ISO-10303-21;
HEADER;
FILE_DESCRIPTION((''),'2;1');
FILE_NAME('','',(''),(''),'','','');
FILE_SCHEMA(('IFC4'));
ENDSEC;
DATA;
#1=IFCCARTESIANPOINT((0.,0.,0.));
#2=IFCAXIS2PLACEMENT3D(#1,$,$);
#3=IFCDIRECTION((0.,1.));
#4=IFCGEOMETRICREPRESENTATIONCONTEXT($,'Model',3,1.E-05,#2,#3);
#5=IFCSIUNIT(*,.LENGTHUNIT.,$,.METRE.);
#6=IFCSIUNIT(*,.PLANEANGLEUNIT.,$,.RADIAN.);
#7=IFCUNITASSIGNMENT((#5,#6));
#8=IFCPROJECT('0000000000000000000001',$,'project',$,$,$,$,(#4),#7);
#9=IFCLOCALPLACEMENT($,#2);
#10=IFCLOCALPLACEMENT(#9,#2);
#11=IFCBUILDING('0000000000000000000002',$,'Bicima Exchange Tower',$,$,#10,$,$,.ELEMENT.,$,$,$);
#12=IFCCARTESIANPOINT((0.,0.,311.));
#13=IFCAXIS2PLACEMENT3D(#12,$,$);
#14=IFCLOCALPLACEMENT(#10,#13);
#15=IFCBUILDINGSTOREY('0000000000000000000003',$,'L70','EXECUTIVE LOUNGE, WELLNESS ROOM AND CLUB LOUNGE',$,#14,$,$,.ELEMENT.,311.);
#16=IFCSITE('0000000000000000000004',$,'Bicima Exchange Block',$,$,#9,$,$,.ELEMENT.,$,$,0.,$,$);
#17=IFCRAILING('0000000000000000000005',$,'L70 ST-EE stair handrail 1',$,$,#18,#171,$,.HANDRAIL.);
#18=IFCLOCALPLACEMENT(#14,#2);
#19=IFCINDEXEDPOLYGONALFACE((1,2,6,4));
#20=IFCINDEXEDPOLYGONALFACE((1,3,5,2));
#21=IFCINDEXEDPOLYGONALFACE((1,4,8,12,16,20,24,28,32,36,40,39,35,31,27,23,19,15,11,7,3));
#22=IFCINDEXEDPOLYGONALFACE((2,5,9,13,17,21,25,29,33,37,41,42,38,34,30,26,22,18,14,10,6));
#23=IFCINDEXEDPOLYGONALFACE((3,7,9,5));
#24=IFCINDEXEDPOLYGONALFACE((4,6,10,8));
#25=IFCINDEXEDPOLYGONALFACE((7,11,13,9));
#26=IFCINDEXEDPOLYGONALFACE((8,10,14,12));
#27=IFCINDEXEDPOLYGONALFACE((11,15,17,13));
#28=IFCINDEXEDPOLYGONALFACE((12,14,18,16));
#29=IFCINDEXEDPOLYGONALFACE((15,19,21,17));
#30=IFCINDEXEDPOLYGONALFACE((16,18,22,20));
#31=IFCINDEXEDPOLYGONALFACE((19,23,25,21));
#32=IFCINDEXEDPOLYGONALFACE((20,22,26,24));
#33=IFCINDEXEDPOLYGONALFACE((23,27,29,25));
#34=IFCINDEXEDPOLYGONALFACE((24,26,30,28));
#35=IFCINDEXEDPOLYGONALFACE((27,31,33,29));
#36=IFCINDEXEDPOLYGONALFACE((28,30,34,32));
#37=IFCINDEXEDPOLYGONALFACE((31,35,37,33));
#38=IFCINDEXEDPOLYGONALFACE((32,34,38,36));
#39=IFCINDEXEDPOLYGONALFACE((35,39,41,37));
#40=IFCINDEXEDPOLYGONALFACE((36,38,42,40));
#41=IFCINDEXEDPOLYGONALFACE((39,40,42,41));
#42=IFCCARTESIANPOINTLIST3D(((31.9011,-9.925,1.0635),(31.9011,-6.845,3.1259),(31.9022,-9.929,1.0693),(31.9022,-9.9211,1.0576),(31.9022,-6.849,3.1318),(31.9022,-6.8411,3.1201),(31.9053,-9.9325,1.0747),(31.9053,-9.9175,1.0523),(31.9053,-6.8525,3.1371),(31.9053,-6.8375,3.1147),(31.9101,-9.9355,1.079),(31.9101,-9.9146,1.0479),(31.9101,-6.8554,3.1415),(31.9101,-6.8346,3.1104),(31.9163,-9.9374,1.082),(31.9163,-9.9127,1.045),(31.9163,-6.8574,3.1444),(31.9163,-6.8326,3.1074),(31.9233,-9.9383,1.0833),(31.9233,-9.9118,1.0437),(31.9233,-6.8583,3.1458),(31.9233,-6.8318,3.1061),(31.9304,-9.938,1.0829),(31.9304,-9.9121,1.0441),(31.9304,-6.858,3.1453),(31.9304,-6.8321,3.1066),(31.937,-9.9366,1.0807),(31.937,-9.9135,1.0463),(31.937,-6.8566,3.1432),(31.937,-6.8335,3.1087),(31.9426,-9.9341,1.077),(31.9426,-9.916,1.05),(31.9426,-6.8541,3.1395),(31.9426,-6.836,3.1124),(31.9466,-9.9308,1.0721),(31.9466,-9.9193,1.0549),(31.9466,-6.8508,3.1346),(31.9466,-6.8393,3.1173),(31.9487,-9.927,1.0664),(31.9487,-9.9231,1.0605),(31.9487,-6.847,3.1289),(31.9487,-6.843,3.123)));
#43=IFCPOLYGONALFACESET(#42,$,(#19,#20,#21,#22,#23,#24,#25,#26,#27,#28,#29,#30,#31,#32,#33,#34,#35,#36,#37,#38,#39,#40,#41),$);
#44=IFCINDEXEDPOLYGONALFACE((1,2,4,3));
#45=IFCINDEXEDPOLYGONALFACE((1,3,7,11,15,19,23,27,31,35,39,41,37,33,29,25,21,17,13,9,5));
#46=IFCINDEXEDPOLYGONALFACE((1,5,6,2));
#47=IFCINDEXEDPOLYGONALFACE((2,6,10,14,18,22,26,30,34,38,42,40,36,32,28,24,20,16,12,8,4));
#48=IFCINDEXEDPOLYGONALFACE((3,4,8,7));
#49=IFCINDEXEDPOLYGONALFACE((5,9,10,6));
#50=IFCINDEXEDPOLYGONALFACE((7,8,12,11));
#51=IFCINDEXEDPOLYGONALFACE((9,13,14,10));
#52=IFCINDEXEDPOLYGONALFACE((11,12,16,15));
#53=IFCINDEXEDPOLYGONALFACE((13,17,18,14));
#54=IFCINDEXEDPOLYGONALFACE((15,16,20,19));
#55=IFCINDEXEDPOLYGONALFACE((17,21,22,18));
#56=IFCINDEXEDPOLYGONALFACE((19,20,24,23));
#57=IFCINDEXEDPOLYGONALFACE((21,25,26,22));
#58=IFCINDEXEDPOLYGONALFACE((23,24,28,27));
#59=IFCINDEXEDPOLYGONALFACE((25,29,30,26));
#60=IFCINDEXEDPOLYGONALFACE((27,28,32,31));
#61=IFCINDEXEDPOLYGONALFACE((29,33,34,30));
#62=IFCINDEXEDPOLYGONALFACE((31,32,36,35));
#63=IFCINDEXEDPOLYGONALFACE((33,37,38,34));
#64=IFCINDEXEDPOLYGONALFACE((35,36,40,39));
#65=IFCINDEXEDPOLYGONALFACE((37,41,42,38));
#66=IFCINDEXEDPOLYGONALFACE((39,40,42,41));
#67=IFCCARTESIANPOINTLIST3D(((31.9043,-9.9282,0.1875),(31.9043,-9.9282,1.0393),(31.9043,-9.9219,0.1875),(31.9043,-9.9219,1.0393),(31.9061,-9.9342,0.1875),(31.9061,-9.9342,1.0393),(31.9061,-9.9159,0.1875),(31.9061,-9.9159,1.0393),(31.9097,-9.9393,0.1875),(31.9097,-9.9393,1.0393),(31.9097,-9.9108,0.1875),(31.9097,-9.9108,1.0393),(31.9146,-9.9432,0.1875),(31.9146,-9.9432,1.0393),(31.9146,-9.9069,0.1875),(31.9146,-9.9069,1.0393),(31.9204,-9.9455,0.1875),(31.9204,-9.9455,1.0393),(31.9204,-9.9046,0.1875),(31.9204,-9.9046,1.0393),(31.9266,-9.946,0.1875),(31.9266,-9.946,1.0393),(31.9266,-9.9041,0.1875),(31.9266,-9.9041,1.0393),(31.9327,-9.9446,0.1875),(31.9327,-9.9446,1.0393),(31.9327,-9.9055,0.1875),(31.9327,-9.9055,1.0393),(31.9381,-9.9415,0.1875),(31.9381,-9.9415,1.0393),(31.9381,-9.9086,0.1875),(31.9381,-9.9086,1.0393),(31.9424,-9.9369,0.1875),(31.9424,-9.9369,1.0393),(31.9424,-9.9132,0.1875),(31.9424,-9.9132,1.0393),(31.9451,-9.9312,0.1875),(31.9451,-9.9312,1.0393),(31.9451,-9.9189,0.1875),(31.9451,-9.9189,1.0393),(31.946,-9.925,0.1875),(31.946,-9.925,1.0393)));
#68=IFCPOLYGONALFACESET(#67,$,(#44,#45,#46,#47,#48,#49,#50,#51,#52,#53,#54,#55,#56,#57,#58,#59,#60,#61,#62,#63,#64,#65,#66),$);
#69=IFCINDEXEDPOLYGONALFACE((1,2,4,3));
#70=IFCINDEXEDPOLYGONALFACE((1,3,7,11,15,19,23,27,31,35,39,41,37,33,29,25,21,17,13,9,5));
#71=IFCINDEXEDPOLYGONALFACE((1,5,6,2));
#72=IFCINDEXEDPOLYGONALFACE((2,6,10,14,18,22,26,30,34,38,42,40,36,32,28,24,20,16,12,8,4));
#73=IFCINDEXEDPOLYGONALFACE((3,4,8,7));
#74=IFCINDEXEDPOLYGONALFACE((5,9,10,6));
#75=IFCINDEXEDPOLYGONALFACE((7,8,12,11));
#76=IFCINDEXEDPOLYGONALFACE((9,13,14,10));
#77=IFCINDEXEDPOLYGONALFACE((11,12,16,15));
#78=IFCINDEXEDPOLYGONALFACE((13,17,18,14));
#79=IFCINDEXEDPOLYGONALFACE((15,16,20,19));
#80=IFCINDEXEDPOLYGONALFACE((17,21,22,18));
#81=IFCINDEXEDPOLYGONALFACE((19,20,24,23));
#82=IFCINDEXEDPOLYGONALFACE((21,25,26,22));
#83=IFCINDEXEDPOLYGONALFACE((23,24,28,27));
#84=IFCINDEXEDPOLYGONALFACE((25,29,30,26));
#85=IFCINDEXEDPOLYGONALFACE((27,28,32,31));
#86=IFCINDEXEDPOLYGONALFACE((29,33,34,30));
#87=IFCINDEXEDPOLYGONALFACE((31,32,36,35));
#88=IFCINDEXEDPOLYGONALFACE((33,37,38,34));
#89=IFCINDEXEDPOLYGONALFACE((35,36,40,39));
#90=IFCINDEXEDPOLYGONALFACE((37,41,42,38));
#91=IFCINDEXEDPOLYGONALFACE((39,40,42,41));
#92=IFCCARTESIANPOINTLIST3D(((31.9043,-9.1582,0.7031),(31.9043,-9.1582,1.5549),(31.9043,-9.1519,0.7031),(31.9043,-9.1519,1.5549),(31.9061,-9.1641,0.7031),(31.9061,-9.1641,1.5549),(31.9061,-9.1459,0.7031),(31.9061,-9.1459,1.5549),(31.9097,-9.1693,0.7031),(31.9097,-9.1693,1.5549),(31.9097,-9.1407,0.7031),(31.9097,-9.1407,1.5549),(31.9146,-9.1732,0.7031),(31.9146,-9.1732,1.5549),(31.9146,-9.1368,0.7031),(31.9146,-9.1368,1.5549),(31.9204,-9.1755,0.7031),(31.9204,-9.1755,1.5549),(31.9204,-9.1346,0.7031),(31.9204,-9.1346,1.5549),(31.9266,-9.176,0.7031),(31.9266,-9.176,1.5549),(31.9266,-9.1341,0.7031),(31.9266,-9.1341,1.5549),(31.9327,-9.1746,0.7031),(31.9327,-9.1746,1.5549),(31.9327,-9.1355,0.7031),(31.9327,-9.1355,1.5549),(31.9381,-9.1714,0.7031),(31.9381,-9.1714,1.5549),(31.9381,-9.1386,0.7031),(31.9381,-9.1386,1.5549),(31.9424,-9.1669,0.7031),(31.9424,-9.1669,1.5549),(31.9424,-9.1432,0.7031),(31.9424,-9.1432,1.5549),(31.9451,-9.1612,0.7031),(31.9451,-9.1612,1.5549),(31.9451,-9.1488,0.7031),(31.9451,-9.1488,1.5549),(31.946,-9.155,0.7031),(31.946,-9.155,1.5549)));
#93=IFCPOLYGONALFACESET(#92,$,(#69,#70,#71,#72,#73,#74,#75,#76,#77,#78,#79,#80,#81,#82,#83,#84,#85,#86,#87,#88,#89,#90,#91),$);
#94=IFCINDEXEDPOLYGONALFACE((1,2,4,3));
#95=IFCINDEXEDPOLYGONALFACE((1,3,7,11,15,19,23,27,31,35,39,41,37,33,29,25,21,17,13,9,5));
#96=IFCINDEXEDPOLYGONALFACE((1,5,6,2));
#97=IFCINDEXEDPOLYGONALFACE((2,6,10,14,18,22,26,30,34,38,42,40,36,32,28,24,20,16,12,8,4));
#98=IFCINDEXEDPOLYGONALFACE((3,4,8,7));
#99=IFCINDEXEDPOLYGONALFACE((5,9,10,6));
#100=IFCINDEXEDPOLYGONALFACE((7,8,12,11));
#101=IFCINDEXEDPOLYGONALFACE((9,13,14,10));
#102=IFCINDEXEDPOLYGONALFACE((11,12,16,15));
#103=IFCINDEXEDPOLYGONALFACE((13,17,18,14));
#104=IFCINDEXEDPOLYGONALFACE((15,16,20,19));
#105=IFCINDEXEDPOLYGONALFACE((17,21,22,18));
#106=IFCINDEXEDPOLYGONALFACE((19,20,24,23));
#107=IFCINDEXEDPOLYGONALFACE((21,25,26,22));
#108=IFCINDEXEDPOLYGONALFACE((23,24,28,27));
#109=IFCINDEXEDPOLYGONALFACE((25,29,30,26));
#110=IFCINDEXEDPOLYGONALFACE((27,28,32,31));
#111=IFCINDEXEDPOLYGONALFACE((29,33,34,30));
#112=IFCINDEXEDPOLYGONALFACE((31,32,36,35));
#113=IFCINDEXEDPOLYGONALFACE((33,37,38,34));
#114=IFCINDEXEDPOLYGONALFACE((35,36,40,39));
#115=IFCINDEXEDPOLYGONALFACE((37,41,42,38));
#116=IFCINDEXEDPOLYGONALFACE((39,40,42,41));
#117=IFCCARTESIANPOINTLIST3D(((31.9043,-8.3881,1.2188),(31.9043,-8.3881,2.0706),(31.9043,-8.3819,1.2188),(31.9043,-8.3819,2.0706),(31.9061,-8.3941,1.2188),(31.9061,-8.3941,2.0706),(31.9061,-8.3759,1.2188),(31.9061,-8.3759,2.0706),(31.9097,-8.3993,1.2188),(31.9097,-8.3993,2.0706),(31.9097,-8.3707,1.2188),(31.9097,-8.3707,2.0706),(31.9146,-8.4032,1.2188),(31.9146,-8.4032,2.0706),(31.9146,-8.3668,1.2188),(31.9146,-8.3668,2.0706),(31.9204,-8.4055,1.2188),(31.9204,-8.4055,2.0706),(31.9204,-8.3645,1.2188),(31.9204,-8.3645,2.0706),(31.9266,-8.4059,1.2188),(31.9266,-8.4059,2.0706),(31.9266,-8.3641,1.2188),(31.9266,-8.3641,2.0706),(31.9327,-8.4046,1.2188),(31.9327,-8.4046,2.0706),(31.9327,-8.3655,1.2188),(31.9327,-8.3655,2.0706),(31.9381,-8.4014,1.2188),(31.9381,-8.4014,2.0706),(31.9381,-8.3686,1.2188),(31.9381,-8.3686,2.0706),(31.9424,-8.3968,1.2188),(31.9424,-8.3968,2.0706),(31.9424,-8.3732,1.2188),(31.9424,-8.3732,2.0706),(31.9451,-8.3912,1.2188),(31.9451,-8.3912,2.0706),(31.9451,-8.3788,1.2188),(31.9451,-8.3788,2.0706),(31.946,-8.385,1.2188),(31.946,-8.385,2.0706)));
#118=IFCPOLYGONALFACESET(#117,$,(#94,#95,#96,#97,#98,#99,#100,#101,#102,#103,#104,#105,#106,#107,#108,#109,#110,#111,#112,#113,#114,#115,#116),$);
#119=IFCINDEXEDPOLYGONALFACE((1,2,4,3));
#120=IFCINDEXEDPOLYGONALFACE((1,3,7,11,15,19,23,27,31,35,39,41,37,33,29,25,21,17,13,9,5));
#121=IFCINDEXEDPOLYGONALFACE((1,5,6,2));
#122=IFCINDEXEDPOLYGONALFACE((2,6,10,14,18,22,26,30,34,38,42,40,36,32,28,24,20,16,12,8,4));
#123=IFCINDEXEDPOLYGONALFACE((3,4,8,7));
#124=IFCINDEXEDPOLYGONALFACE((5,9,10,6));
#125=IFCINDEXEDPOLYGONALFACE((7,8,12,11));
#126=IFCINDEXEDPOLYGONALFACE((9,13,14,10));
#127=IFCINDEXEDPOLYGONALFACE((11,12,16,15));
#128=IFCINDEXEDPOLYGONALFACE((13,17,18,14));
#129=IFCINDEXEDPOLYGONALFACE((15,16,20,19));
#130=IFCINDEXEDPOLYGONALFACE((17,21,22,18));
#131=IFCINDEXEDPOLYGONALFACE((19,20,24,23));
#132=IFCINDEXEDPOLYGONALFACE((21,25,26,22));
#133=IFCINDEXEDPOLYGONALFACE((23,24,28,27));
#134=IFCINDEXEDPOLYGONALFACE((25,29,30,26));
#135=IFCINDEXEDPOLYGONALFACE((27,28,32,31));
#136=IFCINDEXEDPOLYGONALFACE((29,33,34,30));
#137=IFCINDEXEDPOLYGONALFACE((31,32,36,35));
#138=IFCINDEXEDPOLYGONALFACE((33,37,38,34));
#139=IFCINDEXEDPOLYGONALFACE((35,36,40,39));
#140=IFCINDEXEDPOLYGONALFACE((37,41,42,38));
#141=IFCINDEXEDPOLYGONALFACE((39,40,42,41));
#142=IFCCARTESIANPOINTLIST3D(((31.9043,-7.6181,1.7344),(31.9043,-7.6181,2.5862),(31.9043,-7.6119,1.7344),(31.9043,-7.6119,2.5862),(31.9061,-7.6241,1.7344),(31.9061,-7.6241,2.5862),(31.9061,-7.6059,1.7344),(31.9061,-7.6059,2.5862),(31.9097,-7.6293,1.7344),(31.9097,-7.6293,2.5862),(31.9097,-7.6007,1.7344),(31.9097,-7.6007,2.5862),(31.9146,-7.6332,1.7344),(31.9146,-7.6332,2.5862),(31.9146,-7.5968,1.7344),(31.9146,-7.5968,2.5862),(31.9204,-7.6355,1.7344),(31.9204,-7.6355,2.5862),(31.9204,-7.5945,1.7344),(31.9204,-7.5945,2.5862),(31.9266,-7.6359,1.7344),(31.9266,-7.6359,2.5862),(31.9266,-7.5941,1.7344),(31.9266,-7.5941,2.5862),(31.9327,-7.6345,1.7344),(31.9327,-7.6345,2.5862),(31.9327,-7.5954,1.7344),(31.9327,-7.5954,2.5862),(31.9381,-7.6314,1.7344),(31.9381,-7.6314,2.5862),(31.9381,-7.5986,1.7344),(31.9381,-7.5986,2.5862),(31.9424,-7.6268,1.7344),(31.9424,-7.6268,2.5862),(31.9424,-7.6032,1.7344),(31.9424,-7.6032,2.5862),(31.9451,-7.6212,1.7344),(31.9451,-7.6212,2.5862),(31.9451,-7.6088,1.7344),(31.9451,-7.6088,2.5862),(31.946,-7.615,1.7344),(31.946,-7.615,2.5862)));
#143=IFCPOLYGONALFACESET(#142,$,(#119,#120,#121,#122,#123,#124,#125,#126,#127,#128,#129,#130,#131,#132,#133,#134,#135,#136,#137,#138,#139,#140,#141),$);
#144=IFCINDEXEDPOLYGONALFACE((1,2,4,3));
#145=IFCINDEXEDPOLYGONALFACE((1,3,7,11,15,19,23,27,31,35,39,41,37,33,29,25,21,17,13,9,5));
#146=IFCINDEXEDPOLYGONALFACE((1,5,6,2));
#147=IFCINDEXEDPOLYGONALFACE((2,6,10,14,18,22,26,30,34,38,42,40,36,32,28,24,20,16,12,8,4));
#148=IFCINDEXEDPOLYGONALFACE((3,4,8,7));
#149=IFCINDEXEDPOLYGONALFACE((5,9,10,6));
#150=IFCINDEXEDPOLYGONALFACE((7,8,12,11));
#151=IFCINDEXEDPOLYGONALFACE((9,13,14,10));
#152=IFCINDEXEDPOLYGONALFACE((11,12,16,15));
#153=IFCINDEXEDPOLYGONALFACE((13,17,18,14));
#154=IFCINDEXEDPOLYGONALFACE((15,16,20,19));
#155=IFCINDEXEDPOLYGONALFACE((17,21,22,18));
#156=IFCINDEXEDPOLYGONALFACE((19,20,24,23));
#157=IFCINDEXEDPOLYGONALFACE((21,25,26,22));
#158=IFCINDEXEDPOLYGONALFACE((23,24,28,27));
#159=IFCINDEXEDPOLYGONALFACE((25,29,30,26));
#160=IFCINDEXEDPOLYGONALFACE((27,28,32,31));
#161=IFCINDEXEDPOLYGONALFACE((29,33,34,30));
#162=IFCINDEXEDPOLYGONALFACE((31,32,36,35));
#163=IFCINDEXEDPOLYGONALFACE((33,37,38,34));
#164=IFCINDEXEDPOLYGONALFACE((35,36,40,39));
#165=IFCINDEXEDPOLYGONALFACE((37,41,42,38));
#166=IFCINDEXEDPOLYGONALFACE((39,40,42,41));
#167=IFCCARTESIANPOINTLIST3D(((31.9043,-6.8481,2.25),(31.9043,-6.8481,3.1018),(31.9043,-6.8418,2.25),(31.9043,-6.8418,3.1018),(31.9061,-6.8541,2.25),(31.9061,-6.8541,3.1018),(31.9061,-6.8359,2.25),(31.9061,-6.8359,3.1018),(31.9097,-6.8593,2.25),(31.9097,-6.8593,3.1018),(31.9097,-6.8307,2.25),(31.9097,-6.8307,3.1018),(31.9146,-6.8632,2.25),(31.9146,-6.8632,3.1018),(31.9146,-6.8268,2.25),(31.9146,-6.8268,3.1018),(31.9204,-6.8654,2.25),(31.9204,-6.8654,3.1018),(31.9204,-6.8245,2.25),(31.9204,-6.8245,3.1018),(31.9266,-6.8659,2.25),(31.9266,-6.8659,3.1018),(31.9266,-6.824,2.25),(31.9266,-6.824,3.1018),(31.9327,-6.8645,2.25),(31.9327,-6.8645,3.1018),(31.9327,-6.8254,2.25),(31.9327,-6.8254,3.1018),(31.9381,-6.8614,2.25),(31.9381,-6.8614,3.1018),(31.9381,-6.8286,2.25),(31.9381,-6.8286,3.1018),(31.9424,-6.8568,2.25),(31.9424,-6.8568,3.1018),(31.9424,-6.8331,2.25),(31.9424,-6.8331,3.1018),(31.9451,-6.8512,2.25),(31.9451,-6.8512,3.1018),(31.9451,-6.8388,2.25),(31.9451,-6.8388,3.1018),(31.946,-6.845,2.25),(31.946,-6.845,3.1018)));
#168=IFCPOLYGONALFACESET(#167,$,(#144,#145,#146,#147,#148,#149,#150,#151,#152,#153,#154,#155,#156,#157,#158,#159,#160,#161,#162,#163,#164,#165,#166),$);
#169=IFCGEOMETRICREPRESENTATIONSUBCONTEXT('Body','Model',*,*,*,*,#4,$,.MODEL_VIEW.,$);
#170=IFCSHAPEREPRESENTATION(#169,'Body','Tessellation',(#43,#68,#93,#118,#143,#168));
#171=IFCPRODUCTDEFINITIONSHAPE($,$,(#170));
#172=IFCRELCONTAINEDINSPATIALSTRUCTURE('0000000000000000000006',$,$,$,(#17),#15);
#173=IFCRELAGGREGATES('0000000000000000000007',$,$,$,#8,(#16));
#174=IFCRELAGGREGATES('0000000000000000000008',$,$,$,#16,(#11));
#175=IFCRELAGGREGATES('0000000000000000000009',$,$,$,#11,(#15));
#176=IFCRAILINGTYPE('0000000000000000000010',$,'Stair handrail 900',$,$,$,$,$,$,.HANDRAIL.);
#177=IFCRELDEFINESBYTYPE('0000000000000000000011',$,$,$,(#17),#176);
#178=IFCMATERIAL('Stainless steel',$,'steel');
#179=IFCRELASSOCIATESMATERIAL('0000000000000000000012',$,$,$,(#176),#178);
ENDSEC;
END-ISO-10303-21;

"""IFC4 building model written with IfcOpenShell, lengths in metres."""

from ifc_helpers import new_model, si_unit, direction, frame, origin, origin_2d, place, context, subcontext, project, spatial, circle, extrude, material, type_object, element, save


model = new_model("IFC4")

# Units and contexts
model_context = context("Model", 3, precision=1e-05, world=origin(), true_north=direction((0.0, 1.0)))
body_context = subcontext(model_context, "Body", "Model", "MODEL_VIEW")
ifc_project = project(units=[si_unit("LENGTHUNIT", "METRE"), si_unit("PLANEANGLEUNIT", "RADIAN")], contexts=[model_context])

# Site, building, storey
site_placement = place(None, origin())
site = spatial("IfcSite", under=ifc_project, at=site_placement, Name="Bicima Exchange Block", CompositionType="ELEMENT", RefElevation=0.0)
building_placement = place(site_placement, origin())
building = spatial("IfcBuilding", under=site, at=building_placement, Name="Bicima Exchange Tower", CompositionType="ELEMENT")
storey_placement = place(building_placement, frame((0.0, 0.0, 311.0)))
storey = spatial("IfcBuildingStorey", under=building, at=storey_placement, Name="L70", Description="EXECUTIVE LOUNGE, WELLNESS ROOM AND CLUB LOUNGE", CompositionType="ELEMENT", Elevation=311.0)

# Railing
ifc_material_1 = material(Name="Stainless steel", Category="steel")
railing_type_1 = type_object("IfcRailingType", Name="Stair handrail 900", PredefinedType="HANDRAIL", material=ifc_material_1)
railing_1_placement = place(storey_placement, frame((31.925, -9.925, 0.1875)))
element("IfcRailing", 1, at=railing_1_placement, inside=storey, type_object=railing_type_1, Name="L70 ST-EE stair handrail 1", PredefinedType="HANDRAIL", context=body_context, shape_type="SweptSolid", body=[
    extrude(circle(Radius=0.0239, at=origin_2d()), frame((0.0, 0.0, 0.876), z_axis=(0.0, 0.830914, 0.556401), x_axis=(-1.0, 0.0, 0.0)), (0.0, 0.0, 1.0), 3.7068),
    extrude(circle(Radius=0.021, at=origin_2d()), origin(), (0.0, 0.0, 1.0), 0.8518),
    extrude(circle(Radius=0.021, at=origin_2d()), frame((0.0, 0.77, 0.5156)), (0.0, 0.0, 1.0), 0.8518),
    extrude(circle(Radius=0.021, at=origin_2d()), frame((0.0, 1.54, 1.0312)), (0.0, 0.0, 1.0), 0.8518),
    extrude(circle(Radius=0.021, at=origin_2d()), frame((0.0, 2.3101, 1.5469)), (0.0, 0.0, 1.0), 0.8518),
    extrude(circle(Radius=0.021, at=origin_2d()), frame((0.0, 3.0801, 2.0625)), (0.0, 0.0, 1.0), 0.8518),
])

save(model, "model.ifc")
